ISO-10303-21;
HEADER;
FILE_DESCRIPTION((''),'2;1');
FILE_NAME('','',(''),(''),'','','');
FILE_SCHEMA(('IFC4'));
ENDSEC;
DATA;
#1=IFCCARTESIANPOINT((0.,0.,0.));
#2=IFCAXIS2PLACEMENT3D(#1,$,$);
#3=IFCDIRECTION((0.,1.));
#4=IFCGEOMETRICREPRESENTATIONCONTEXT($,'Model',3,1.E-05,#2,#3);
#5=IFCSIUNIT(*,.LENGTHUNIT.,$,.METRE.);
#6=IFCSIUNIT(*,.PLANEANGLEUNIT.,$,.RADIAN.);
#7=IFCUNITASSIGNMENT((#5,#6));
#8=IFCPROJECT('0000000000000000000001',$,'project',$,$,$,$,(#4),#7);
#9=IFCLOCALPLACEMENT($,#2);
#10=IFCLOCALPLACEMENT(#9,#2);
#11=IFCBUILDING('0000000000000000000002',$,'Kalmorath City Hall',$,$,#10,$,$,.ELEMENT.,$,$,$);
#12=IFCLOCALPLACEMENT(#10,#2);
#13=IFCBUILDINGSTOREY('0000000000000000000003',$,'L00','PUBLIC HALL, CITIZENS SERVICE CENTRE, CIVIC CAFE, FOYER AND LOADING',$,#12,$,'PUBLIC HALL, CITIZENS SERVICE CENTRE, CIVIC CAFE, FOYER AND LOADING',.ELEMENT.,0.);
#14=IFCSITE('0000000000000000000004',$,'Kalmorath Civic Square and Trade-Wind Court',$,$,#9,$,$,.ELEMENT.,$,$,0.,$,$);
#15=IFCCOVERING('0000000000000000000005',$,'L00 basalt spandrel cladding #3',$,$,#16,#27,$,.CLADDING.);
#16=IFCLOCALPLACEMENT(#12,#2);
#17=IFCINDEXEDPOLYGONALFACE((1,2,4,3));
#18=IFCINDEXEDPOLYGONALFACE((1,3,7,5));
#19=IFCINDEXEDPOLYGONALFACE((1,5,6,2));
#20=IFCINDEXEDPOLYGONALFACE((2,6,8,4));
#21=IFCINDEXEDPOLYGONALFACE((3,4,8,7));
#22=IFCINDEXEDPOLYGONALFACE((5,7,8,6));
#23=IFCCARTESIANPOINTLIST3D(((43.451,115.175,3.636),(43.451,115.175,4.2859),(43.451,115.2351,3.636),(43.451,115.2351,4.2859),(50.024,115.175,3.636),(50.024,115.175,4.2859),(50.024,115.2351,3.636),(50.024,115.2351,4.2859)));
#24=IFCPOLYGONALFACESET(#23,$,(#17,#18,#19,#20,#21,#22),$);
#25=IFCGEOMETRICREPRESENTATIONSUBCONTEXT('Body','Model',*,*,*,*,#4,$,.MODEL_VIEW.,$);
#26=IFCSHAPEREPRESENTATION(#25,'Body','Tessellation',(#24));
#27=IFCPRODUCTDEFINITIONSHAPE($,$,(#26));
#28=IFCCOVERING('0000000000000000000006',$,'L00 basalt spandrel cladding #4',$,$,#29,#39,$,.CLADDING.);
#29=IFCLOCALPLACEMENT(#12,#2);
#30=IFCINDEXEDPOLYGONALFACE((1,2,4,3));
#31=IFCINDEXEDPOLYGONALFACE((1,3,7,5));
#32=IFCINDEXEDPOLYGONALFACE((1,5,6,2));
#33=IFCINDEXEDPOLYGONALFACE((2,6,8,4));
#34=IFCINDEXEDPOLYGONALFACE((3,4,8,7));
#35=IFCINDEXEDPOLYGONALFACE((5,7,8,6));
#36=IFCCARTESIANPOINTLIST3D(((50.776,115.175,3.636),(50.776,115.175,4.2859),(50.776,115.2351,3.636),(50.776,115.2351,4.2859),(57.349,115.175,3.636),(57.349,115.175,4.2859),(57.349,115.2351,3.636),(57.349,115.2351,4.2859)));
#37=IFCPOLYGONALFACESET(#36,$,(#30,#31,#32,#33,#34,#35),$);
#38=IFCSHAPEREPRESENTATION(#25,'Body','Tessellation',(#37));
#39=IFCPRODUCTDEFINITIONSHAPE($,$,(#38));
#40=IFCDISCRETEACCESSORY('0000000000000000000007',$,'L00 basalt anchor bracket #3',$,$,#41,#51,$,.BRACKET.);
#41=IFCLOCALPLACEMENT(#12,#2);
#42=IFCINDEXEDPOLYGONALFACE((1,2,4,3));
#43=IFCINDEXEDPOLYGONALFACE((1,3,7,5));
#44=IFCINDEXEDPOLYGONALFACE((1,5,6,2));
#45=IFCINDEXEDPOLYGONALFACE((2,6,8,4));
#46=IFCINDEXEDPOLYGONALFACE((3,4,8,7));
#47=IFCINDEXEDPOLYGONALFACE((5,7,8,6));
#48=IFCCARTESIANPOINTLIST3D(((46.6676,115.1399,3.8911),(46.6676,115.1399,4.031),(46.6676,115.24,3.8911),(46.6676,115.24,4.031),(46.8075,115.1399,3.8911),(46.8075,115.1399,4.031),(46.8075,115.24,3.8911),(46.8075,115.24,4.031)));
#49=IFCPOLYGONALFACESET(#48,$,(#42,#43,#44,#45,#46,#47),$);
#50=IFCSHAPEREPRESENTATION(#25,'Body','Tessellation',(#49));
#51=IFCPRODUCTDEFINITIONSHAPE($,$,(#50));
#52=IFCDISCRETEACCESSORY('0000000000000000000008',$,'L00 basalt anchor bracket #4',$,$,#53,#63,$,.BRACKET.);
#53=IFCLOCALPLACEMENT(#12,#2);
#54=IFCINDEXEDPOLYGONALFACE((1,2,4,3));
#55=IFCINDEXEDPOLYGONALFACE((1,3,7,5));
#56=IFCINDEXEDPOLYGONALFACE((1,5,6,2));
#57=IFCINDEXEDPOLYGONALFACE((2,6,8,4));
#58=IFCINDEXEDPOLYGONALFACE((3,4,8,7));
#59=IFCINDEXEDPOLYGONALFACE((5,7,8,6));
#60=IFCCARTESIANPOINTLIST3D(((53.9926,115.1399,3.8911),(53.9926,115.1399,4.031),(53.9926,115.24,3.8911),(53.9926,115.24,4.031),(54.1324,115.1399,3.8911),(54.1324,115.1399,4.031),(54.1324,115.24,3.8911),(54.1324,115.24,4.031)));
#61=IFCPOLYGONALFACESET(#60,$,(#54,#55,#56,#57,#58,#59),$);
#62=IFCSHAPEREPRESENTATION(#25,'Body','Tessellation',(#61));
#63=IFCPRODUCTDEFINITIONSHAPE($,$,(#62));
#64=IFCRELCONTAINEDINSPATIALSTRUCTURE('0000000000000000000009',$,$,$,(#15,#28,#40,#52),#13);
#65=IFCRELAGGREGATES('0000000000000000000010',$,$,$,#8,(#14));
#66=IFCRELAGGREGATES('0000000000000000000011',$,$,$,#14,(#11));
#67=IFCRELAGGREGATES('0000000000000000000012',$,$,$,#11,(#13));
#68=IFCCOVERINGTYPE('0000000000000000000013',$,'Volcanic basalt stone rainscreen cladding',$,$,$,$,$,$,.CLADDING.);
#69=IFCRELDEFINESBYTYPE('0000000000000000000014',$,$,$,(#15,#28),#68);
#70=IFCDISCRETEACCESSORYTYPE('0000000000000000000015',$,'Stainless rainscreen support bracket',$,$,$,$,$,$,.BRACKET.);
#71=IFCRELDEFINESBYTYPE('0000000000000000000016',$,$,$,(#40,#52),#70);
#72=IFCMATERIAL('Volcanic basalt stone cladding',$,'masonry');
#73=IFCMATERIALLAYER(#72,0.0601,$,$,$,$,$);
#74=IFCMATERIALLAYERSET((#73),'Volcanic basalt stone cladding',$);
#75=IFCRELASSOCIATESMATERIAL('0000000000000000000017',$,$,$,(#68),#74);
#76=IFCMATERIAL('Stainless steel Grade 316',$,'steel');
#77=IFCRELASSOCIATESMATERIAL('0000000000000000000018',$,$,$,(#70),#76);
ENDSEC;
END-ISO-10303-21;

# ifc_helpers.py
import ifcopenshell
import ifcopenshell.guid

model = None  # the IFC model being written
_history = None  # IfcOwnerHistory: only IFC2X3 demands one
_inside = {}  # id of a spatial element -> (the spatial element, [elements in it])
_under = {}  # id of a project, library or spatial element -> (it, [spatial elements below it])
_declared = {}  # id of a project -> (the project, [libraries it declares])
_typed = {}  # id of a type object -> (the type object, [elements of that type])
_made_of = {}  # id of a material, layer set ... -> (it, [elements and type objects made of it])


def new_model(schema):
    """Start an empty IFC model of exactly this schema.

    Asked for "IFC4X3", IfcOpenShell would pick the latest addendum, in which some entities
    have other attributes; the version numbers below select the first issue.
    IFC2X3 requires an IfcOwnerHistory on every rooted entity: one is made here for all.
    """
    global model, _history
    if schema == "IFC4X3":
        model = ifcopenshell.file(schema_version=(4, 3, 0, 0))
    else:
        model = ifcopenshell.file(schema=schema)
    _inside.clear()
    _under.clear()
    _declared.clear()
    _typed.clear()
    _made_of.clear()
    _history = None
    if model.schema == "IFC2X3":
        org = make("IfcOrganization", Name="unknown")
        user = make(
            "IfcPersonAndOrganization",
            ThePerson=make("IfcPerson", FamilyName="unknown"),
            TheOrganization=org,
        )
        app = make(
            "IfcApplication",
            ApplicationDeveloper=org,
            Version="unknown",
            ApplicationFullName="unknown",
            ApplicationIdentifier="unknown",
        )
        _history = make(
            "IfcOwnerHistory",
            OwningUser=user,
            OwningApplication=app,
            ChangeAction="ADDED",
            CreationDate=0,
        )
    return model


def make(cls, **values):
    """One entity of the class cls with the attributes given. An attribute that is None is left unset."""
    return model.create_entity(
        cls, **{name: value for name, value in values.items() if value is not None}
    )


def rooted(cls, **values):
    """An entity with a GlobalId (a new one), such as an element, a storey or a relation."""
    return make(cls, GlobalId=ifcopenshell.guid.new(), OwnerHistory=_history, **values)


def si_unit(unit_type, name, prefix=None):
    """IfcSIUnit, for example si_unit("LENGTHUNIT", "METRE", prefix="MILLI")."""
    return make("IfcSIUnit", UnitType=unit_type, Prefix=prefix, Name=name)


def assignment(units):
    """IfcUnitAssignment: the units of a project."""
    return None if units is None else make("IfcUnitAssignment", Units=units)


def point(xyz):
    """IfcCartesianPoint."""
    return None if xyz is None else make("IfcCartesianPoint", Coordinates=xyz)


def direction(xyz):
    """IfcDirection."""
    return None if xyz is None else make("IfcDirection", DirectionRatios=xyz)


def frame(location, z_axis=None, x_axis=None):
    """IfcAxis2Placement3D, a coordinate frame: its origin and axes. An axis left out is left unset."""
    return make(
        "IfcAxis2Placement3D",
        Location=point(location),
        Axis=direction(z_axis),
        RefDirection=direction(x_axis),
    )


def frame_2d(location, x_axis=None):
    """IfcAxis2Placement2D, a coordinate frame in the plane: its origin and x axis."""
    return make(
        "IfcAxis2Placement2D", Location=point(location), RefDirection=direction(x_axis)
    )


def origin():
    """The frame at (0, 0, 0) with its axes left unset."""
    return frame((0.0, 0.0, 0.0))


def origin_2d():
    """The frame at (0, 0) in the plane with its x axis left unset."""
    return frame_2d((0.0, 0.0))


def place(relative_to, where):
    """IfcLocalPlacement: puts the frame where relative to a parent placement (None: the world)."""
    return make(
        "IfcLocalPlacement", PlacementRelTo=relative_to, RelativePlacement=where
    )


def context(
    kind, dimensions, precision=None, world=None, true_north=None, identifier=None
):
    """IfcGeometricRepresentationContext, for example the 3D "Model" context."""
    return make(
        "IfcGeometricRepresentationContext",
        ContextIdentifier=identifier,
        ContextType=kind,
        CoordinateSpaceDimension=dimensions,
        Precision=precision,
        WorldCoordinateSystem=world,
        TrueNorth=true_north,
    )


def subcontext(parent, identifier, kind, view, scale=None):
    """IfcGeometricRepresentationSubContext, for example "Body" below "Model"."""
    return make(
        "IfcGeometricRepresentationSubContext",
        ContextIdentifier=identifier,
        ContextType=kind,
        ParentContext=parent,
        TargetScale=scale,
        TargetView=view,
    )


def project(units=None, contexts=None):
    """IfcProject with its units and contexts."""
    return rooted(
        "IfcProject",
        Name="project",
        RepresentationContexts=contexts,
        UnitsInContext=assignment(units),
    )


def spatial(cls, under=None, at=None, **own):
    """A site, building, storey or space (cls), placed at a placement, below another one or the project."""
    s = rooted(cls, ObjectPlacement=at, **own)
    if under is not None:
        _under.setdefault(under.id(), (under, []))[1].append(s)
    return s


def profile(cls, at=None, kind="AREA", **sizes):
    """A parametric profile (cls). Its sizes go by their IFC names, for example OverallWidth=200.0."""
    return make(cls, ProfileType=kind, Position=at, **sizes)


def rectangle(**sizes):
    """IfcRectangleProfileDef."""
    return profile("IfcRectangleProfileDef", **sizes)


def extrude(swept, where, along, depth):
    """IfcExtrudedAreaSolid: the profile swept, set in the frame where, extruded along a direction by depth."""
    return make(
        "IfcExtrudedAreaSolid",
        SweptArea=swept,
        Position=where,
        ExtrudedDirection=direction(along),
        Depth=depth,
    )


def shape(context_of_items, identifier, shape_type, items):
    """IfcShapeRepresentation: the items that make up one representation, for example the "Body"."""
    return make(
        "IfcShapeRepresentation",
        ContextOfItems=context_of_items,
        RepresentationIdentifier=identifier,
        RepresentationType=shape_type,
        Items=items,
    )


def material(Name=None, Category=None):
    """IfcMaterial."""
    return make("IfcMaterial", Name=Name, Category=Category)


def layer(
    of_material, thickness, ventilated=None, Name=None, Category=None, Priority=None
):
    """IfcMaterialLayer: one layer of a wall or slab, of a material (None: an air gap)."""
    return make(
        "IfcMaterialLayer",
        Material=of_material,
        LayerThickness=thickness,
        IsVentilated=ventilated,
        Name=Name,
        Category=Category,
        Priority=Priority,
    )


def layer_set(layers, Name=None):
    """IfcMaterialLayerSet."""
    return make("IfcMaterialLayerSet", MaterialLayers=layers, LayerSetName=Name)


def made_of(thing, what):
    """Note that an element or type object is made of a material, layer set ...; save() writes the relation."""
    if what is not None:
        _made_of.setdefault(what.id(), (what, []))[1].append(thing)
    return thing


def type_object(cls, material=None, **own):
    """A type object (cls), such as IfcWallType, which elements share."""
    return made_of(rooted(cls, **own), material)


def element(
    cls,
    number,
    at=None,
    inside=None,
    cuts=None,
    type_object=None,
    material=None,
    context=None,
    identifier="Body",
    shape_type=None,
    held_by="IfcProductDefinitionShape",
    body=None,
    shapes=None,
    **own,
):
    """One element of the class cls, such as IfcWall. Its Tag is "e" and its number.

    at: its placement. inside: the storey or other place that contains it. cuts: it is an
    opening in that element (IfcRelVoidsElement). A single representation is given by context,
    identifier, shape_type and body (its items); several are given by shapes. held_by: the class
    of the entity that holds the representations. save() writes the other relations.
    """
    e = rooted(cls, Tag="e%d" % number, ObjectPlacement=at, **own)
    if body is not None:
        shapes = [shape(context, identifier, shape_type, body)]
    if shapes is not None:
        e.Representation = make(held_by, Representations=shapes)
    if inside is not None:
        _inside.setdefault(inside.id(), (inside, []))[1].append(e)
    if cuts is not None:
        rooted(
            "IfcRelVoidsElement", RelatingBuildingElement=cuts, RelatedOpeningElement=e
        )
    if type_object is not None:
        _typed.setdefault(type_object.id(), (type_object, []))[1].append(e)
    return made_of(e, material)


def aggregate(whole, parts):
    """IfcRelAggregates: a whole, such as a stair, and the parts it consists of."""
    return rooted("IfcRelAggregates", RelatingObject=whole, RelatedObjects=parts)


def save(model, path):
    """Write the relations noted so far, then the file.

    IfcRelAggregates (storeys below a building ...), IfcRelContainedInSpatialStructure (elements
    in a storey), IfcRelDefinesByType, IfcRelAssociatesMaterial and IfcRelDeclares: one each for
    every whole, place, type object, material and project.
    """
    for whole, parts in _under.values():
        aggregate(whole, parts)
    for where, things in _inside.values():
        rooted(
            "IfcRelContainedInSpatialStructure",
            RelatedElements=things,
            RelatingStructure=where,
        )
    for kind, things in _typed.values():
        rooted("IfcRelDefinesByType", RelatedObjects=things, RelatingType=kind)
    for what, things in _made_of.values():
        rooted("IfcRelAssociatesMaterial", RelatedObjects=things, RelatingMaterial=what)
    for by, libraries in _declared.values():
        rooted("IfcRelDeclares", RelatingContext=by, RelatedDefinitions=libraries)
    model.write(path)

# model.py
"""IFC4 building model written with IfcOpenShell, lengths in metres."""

from ifc_helpers import new_model, si_unit, direction, frame, origin, origin_2d, place, context, subcontext, project, spatial, rectangle, extrude, material, layer, layer_set, type_object, element, save


model = new_model("IFC4")

# Units and contexts
model_context = context("Model", 3, precision=1e-05, world=origin(), true_north=direction((0.0, 1.0)))
body_context = subcontext(model_context, "Body", "Model", "MODEL_VIEW")
ifc_project = project(units=[si_unit("LENGTHUNIT", "METRE"), si_unit("PLANEANGLEUNIT", "RADIAN")], contexts=[model_context])

# Site, building, storey
site_placement = place(None, origin())
site = spatial("IfcSite", under=ifc_project, at=site_placement, Name="Kalmorath Civic Square and Trade-Wind Court", CompositionType="ELEMENT", RefElevation=0.0)
building_placement = place(site_placement, origin())
building = spatial("IfcBuilding", under=site, at=building_placement, Name="Kalmorath City Hall", CompositionType="ELEMENT")
storey_placement = place(building_placement, origin())
storey = spatial("IfcBuildingStorey", under=building, at=storey_placement, Name="L00", Description="PUBLIC HALL, CITIZENS SERVICE CENTRE, CIVIC CAFE, FOYER AND LOADING", LongName="PUBLIC HALL, CITIZENS SERVICE CENTRE, CIVIC CAFE, FOYER AND LOADING", CompositionType="ELEMENT", Elevation=0.0)

# Coverings
ifc_material_1 = material(Name="Volcanic basalt stone cladding", Category="masonry")
ifc_layer_1 = layer(ifc_material_1, 0.0601)
ifc_layer_set_1 = layer_set([ifc_layer_1], Name="Volcanic basalt stone cladding")
covering_type = type_object("IfcCoveringType", Name="Volcanic basalt stone rainscreen cladding", PredefinedType="CLADDING", material=ifc_layer_set_1)
for number, where, z_axis, x_axis, name in (
    (1, (46.7375, 115.2051, 3.636), (0.0, 0.0, 1.0), (1.0, 0.0, 0.0), "L00 basalt spandrel cladding #3"),
    (2, (54.0625, 115.2051, 3.636), (0.0, 0.0, 1.0), (1.0, 0.0, 0.0), "L00 basalt spandrel cladding #4"),
):
    element("IfcCovering", number, at=place(storey_placement, frame(where, z_axis=z_axis, x_axis=x_axis)), inside=storey, type_object=covering_type, Name=name, PredefinedType="CLADDING", context=body_context, shape_type="SweptSolid", body=[
        extrude(rectangle(XDim=6.573, YDim=0.0601, at=origin_2d()), origin(), (0.0, 0.0, 1.0), 0.6499),
    ])

# Discrete accessories
ifc_material_2 = material(Name="Stainless steel Grade 316", Category="steel")
discrete_accessory_type = type_object("IfcDiscreteAccessoryType", Name="Stainless rainscreen support bracket", PredefinedType="BRACKET", material=ifc_material_2)
for number, where, z_axis, x_axis, name in (
    (3, (46.7375, 115.1899, 3.8911), (0.0, 0.0, 1.0), (1.0, 0.0, 0.0), "L00 basalt anchor bracket #3"),
    (4, (54.0625, 115.1899, 3.8911), (0.0, 0.0, 1.0), (1.0, 0.0, 0.0), "L00 basalt anchor bracket #4"),
):
    element("IfcDiscreteAccessory", number, at=place(storey_placement, frame(where, z_axis=z_axis, x_axis=x_axis)), inside=storey, type_object=discrete_accessory_type, Name=name, PredefinedType="BRACKET", context=body_context, shape_type="SweptSolid", body=[
        extrude(rectangle(XDim=0.1399, YDim=0.1001, at=origin_2d()), origin(), (0.0, 0.0, 1.0), 0.1399),
    ])

save(model, "model.ifc")
